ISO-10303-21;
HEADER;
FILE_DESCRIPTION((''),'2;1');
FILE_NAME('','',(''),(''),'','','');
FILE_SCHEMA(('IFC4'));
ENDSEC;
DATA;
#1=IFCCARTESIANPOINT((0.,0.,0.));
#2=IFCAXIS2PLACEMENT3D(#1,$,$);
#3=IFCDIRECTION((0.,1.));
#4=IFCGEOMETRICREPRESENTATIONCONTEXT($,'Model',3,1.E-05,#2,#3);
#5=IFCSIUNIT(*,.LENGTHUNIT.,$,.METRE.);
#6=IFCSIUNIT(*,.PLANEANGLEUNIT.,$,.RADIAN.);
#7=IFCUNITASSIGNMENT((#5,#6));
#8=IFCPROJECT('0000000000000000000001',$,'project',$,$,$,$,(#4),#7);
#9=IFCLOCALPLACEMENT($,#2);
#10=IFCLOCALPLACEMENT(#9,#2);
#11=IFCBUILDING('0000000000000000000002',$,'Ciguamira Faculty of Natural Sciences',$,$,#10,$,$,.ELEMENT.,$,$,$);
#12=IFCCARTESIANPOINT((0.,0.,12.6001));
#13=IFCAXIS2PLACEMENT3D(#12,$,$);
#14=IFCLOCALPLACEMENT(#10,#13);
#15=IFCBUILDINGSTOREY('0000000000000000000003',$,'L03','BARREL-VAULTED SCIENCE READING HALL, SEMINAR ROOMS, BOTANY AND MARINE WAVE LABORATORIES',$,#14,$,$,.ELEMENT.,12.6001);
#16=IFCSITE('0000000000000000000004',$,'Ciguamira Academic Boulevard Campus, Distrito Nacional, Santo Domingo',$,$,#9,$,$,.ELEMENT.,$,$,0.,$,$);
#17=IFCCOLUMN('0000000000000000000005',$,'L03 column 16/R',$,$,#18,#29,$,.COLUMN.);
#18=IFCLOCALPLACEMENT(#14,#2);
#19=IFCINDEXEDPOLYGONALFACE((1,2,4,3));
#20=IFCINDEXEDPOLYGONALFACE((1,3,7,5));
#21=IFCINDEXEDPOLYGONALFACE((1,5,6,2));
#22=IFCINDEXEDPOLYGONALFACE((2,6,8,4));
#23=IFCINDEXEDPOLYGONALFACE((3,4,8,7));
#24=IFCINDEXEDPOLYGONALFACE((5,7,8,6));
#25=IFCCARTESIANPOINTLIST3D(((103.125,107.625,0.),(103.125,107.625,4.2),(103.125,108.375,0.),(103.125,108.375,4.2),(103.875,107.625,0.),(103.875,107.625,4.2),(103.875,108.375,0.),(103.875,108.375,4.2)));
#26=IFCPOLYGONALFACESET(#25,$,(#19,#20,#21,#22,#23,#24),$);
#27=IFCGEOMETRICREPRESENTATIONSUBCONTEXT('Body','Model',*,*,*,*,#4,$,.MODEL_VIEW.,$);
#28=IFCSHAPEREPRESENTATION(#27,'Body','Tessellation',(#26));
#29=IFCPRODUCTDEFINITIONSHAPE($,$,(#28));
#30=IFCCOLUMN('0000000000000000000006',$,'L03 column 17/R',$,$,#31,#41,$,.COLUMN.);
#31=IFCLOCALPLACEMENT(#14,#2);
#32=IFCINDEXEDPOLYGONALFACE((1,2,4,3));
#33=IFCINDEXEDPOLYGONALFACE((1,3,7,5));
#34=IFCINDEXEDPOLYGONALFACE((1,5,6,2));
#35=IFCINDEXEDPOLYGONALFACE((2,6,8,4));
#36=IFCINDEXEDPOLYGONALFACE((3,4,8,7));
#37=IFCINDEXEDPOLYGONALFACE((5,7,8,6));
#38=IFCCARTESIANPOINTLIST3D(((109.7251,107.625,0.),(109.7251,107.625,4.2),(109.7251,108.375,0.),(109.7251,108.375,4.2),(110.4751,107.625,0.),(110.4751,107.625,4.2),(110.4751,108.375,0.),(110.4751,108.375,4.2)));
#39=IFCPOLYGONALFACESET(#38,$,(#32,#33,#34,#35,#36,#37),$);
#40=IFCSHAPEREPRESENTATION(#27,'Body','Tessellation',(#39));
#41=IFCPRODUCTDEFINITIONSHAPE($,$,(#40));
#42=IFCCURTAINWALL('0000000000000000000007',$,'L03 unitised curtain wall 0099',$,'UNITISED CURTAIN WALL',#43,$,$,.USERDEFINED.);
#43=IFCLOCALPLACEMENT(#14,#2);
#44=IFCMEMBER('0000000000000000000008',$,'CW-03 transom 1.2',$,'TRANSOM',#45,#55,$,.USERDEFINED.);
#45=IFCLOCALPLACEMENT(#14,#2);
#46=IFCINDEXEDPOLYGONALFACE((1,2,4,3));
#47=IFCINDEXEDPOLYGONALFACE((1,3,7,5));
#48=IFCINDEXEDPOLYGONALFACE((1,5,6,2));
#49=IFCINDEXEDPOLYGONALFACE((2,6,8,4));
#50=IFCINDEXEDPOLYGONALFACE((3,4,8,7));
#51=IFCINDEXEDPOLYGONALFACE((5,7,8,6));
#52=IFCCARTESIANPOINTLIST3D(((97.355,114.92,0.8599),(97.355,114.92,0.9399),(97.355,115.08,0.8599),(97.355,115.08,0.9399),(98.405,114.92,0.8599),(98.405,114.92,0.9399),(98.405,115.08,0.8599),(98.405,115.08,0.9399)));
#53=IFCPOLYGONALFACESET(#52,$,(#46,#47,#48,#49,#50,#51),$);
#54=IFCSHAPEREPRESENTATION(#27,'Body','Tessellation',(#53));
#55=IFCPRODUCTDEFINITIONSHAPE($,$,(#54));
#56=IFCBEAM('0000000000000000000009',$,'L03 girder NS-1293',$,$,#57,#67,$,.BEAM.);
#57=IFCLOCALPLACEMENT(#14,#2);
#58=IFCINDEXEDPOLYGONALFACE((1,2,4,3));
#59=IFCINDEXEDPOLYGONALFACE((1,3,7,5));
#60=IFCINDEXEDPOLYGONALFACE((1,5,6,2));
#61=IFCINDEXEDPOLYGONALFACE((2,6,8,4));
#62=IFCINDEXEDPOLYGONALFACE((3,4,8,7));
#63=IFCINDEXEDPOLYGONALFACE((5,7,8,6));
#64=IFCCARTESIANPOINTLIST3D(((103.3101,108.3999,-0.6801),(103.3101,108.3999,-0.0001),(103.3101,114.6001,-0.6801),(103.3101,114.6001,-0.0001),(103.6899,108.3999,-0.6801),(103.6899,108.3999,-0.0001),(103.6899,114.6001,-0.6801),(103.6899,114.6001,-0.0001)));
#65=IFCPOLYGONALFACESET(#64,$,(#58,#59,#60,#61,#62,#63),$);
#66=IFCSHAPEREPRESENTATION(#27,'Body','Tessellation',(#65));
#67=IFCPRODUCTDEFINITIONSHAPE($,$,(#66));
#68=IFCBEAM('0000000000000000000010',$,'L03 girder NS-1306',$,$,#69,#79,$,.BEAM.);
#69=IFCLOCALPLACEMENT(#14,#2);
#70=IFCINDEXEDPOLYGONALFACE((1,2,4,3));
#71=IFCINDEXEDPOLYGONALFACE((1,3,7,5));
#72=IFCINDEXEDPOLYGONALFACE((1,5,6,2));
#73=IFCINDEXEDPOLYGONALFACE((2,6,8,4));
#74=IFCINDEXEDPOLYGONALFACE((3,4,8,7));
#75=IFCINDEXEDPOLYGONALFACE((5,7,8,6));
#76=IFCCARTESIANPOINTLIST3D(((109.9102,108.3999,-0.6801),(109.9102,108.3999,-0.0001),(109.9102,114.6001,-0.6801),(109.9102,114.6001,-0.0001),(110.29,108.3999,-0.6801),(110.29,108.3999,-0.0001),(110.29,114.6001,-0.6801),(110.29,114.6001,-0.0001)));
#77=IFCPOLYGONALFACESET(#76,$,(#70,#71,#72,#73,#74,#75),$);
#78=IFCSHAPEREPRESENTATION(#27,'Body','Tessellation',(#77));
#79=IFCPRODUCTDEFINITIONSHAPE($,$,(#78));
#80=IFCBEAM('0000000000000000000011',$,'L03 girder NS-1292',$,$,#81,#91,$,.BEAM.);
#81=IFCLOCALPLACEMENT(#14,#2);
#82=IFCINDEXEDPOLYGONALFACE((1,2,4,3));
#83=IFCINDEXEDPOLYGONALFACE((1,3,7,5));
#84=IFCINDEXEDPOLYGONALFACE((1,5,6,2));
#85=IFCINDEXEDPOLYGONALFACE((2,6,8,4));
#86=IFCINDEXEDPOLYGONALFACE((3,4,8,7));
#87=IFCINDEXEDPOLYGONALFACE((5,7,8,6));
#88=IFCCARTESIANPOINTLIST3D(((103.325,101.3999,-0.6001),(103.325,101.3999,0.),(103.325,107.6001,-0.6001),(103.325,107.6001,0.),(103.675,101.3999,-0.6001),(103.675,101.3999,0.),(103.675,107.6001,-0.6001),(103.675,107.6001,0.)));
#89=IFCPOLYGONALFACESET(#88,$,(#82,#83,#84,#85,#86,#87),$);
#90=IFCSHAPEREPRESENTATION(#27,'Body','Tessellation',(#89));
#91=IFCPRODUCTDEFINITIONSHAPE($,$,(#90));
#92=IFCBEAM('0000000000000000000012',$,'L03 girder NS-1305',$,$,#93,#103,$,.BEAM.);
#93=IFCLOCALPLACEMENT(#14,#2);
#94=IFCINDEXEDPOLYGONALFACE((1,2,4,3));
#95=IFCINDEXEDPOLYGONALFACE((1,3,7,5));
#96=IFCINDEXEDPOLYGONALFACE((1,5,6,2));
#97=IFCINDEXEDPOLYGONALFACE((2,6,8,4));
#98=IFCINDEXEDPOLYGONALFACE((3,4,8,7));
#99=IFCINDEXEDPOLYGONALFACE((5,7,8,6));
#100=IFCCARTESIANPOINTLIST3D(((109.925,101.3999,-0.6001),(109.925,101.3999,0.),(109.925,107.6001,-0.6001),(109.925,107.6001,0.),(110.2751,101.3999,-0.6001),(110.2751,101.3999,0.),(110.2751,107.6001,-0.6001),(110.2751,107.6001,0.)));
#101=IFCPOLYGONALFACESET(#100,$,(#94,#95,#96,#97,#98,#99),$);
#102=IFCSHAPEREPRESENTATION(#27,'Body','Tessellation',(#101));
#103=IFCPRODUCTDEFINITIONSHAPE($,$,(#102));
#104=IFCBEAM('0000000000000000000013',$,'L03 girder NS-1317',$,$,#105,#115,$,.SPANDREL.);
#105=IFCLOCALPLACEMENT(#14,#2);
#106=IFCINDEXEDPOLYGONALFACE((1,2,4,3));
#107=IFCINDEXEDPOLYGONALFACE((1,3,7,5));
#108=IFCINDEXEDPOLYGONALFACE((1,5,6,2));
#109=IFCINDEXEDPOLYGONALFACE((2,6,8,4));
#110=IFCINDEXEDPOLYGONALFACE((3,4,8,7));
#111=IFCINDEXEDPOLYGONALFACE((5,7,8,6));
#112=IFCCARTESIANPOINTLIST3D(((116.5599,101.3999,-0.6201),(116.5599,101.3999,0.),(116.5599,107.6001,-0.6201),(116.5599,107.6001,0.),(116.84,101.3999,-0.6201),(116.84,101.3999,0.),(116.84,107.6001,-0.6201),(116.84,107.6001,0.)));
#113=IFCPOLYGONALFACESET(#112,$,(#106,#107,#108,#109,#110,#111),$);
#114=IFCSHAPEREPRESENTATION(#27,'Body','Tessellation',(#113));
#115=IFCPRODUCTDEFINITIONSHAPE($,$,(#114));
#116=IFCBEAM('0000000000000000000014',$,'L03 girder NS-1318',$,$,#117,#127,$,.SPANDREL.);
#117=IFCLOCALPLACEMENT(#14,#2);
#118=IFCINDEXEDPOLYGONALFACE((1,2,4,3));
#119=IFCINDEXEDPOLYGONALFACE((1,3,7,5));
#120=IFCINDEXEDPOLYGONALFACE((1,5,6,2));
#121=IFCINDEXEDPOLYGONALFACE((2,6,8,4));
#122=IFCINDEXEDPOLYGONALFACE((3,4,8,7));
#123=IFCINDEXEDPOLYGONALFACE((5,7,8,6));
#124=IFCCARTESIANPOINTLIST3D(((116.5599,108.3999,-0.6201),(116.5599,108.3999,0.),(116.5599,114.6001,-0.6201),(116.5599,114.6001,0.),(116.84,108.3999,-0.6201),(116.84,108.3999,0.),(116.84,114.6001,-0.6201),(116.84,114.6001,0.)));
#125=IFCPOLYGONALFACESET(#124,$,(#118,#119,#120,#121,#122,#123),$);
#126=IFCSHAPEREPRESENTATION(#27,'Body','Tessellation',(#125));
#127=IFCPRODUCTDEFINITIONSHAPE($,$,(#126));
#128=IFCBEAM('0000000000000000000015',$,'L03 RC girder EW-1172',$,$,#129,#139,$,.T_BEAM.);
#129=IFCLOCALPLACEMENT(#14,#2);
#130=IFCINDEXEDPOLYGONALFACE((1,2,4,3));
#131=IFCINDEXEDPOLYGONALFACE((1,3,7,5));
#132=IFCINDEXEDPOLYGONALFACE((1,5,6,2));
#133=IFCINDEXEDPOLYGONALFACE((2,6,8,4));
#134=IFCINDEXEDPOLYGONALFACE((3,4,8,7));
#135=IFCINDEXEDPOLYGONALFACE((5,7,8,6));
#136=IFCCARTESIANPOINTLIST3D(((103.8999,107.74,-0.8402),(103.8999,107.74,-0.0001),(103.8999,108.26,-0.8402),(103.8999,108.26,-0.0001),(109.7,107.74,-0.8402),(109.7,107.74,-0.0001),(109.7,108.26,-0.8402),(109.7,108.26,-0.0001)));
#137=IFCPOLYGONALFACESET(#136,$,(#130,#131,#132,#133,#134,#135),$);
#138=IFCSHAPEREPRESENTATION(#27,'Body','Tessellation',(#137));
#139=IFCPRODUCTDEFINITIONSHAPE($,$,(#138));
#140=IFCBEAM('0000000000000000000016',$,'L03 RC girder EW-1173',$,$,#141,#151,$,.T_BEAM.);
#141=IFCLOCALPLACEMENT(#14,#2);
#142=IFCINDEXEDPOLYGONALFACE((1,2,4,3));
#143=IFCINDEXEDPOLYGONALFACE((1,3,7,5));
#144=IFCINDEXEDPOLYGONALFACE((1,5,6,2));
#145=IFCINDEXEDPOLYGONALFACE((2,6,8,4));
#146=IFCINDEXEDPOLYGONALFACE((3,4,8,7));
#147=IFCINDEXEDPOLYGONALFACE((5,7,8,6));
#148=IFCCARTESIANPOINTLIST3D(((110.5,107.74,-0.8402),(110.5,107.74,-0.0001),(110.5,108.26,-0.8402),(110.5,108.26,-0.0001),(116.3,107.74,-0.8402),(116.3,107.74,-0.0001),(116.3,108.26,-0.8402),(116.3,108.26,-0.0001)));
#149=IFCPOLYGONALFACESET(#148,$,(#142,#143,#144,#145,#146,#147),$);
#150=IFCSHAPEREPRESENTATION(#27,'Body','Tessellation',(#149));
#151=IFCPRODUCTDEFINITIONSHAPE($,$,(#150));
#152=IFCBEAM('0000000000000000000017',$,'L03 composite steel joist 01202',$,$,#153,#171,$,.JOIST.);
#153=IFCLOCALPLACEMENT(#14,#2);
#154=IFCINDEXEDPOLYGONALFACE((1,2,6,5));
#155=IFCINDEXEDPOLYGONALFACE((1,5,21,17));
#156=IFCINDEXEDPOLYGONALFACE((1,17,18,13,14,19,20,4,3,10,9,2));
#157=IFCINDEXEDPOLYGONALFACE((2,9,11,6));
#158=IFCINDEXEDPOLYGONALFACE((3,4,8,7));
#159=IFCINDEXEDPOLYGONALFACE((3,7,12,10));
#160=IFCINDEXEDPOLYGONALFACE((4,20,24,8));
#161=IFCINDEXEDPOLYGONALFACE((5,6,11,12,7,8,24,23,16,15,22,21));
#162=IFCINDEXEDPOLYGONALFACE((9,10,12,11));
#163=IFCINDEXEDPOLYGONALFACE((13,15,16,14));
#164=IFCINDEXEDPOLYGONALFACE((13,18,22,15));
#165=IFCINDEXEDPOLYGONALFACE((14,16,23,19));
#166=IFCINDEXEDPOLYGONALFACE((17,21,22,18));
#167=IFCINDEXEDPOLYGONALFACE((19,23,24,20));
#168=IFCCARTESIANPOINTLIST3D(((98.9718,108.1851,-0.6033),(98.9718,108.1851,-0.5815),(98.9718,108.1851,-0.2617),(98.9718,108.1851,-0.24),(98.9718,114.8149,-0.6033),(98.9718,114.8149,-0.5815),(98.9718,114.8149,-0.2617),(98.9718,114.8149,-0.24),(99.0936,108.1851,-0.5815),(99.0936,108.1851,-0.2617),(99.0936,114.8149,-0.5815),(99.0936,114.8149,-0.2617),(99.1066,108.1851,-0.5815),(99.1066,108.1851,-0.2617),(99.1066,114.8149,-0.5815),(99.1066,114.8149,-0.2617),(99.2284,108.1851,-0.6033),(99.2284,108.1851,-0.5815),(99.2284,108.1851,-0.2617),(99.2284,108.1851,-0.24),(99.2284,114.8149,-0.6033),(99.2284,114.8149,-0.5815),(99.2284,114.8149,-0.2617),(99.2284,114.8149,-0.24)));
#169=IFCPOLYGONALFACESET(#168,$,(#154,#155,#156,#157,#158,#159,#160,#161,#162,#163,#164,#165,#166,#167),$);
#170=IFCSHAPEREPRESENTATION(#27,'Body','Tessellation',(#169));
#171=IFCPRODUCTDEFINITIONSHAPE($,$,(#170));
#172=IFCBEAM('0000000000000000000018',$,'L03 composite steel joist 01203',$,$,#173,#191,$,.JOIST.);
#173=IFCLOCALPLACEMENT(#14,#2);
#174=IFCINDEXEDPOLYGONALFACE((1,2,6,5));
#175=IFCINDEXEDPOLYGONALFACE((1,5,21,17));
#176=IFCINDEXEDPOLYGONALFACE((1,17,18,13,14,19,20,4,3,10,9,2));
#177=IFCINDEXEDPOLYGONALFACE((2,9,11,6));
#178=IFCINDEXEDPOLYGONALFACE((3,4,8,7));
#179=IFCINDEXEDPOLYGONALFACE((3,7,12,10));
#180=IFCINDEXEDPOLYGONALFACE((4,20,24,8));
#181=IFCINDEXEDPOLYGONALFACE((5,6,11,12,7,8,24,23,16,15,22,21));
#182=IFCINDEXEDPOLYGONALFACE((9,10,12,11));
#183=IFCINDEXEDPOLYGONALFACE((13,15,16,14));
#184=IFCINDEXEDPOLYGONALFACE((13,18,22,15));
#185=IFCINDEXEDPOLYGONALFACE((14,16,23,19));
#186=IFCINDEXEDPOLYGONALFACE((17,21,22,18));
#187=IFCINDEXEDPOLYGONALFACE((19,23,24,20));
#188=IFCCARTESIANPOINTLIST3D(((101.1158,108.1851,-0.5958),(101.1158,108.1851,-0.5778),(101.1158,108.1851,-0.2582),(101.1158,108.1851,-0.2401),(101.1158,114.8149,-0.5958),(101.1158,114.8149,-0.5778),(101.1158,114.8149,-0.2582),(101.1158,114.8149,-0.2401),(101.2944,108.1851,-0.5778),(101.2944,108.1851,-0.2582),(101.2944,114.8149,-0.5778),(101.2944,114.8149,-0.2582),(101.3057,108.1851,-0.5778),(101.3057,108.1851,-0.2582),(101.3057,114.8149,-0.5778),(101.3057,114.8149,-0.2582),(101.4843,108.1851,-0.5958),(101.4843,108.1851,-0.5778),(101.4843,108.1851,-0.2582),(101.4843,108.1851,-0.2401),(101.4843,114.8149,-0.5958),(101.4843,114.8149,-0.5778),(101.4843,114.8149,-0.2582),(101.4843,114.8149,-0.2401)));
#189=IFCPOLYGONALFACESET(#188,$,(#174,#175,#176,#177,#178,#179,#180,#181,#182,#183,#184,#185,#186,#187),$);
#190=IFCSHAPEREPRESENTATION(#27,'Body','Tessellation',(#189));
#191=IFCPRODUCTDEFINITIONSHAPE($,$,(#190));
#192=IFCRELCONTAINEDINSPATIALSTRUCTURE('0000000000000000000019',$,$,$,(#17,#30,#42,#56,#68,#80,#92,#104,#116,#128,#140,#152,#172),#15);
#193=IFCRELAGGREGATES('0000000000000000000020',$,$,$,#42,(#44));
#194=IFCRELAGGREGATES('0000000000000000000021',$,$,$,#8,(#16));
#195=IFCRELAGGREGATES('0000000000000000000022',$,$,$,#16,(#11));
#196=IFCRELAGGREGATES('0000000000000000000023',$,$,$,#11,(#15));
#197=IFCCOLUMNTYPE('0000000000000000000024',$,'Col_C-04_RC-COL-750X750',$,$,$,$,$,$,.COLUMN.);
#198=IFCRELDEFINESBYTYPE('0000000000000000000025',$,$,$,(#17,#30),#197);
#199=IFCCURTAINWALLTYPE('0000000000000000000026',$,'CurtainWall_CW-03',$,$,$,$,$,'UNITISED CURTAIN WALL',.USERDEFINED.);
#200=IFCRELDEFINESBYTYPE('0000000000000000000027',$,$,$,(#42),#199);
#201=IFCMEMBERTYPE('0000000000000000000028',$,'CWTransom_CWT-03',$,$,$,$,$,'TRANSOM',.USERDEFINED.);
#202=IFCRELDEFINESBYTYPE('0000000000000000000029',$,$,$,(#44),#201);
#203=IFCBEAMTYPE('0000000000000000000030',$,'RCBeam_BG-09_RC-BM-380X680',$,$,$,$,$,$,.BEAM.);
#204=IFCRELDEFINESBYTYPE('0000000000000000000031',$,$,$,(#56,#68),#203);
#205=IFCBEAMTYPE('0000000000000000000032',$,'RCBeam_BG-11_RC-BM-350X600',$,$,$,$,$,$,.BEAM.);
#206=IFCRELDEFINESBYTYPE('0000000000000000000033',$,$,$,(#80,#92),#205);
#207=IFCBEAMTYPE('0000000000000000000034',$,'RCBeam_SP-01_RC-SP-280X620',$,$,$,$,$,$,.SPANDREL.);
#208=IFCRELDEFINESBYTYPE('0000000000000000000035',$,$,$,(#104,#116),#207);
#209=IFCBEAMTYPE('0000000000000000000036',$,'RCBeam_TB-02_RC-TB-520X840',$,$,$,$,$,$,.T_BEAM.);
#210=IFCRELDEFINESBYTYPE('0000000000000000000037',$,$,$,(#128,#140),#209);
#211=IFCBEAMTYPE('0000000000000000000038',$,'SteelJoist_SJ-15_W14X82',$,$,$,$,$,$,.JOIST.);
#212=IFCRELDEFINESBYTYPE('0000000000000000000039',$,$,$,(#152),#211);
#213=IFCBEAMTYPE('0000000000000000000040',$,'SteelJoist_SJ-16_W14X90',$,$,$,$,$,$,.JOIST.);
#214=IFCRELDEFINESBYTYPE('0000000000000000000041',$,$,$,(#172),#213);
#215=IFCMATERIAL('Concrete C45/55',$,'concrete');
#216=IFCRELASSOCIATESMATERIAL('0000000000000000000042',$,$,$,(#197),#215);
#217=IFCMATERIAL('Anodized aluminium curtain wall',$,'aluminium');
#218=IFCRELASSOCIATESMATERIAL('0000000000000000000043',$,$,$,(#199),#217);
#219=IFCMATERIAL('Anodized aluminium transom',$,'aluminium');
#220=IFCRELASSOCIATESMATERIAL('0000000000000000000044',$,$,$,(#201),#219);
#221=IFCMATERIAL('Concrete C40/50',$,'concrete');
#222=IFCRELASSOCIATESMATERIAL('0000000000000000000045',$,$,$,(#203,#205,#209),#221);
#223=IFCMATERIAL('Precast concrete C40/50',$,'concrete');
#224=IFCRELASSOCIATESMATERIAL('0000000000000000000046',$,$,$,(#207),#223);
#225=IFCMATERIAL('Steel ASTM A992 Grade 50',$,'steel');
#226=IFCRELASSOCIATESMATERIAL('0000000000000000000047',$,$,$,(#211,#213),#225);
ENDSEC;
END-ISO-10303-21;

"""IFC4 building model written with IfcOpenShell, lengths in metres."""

from ifc_helpers import new_model, si_unit, direction, frame, origin, origin_2d, place, context, subcontext, project, spatial, rectangle, i_section, extrude, material, material_profile, profile_set, type_object, element, aggregate, save


model = new_model("IFC4")

# Units and contexts
model_context = context("Model", 3, precision=1e-05, world=origin(), true_north=direction((0.0, 1.0)))
body_context = subcontext(model_context, "Body", "Model", "MODEL_VIEW")
ifc_project = project(units=[si_unit("LENGTHUNIT", "METRE"), si_unit("PLANEANGLEUNIT", "RADIAN")], contexts=[model_context])

# Site, building, storey
site_placement = place(None, origin())
site = spatial("IfcSite", under=ifc_project, at=site_placement, Name="Ciguamira Academic Boulevard Campus, Distrito Nacional, Santo Domingo", CompositionType="ELEMENT", RefElevation=0.0)
building_placement = place(site_placement, origin())
building = spatial("IfcBuilding", under=site, at=building_placement, Name="Ciguamira Faculty of Natural Sciences", CompositionType="ELEMENT")
storey_placement = place(building_placement, frame((0.0, 0.0, 12.6001)))
storey = spatial("IfcBuildingStorey", under=building, at=storey_placement, Name="L03", Description="BARREL-VAULTED SCIENCE READING HALL, SEMINAR ROOMS, BOTANY AND MARINE WAVE LABORATORIES", CompositionType="ELEMENT", Elevation=12.6001)

# Columns
ifc_material_1 = material(Name="Concrete C45/55", Category="concrete")
ifc_material_profile_1 = material_profile(ifc_material_1, rectangle(XDim=0.75, YDim=0.75, at=origin_2d()), Name="RC-COL-750X750")
ifc_profile_set_1 = profile_set([ifc_material_profile_1], Name="Concrete C45/55")
column_type = type_object("IfcColumnType", Name="Col_C-04_RC-COL-750X750", PredefinedType="COLUMN", material=ifc_profile_set_1)
for number, where, z_axis, x_axis, name in (
    (1, (103.5, 108.0, 0.0), (0.0, 0.0, 1.0), (1.0, 0.0, 0.0), "L03 column 16/R"),
    (2, (110.1001, 108.0, 0.0), (0.0, 0.0, 1.0), (1.0, 0.0, 0.0), "L03 column 17/R"),
):
    element("IfcColumn", number, at=place(storey_placement, frame(where, z_axis=z_axis, x_axis=x_axis)), inside=storey, type_object=column_type, Name=name, PredefinedType="COLUMN", context=body_context, shape_type="SweptSolid", body=[
        extrude(rectangle(XDim=0.75, YDim=0.75, at=origin_2d()), origin(), (0.0, 0.0, 1.0), 4.2),
    ])

# Curtain wall, member
ifc_material_2 = material(Name="Anodized aluminium curtain wall", Category="aluminium")
curtain_wall_type = type_object("IfcCurtainWallType", Name="CurtainWall_CW-03", ElementType="UNITISED CURTAIN WALL", PredefinedType="USERDEFINED", material=ifc_material_2)
curtain_wall_placement = place(storey_placement, origin())
curtain_wall = element("IfcCurtainWall", 3, at=curtain_wall_placement, inside=storey, type_object=curtain_wall_type, Name="L03 unitised curtain wall 0099", ObjectType="UNITISED CURTAIN WALL", PredefinedType="USERDEFINED")
ifc_material_3 = material(Name="Anodized aluminium transom", Category="aluminium")
ifc_material_profile_2 = material_profile(ifc_material_3, rectangle(XDim=0.0801, YDim=0.1599, at=origin_2d()), Name="ALU-TRN-80X160")
ifc_profile_set_2 = profile_set([ifc_material_profile_2], Name="Anodized aluminium transom")
member_type = type_object("IfcMemberType", Name="CWTransom_CWT-03", ElementType="TRANSOM", PredefinedType="USERDEFINED", material=ifc_profile_set_2)
member_placement = place(storey_placement, frame((97.355, 115.0, 0.8999), z_axis=(1.0, 0.0, 0.0), x_axis=(0.0, 0.0, 1.0)))
member = element("IfcMember", 4, at=member_placement, type_object=member_type, Name="CW-03 transom 1.2", ObjectType="TRANSOM", PredefinedType="USERDEFINED", context=body_context, shape_type="SweptSolid", body=[
    extrude(rectangle(XDim=0.0801, YDim=0.1599, at=origin_2d()), origin(), (0.0, 0.0, 1.0), 1.05),
])
aggregate(curtain_wall, [member])

# Beams
ifc_material_4 = material(Name="Concrete C40/50", Category="concrete")
ifc_material_profile_3 = material_profile(ifc_material_4, rectangle(XDim=0.3799, YDim=0.6799, at=origin_2d()), Name="RC-BM-380X680")
ifc_profile_set_3 = profile_set([ifc_material_profile_3], Name="Concrete C40/50")
beam_type_1 = type_object("IfcBeamType", Name="RCBeam_BG-09_RC-BM-380X680", PredefinedType="BEAM", material=ifc_profile_set_3)
for number, where, z_axis, x_axis, name in (
    (5, (103.5, 108.3999, -0.3401), (0.0, 1.0, 0.0), (-1.0, 0.0, 0.0), "L03 girder NS-1293"),
    (6, (110.1001, 108.3999, -0.3401), (0.0, 1.0, 0.0), (-1.0, 0.0, 0.0), "L03 girder NS-1306"),
):
    element("IfcBeam", number, at=place(storey_placement, frame(where, z_axis=z_axis, x_axis=x_axis)), inside=storey, type_object=beam_type_1, Name=name, PredefinedType="BEAM", context=body_context, shape_type="SweptSolid", body=[
        extrude(rectangle(XDim=0.3799, YDim=0.6799, at=origin_2d()), origin(), (0.0, 0.0, 1.0), 6.2002),
    ])
ifc_material_profile_4 = material_profile(ifc_material_4, rectangle(XDim=0.3501, YDim=0.6001, at=origin_2d()), Name="RC-BM-350X600")
ifc_profile_set_4 = profile_set([ifc_material_profile_4], Name="Concrete C40/50")
beam_type_2 = type_object("IfcBeamType", Name="RCBeam_BG-11_RC-BM-350X600", PredefinedType="BEAM", material=ifc_profile_set_4)
for number, where, z_axis, x_axis, name in (
    (7, (103.5, 101.3999, -0.3), (0.0, 1.0, 0.0), (-1.0, 0.0, 0.0), "L03 girder NS-1292"),
    (8, (110.1001, 101.3999, -0.3), (0.0, 1.0, 0.0), (-1.0, 0.0, 0.0), "L03 girder NS-1305"),
):
    element("IfcBeam", number, at=place(storey_placement, frame(where, z_axis=z_axis, x_axis=x_axis)), inside=storey, type_object=beam_type_2, Name=name, PredefinedType="BEAM", context=body_context, shape_type="SweptSolid", body=[
        extrude(rectangle(XDim=0.3501, YDim=0.6001, at=origin_2d()), origin(), (0.0, 0.0, 1.0), 6.2002),
    ])
ifc_material_5 = material(Name="Precast concrete C40/50", Category="concrete")
ifc_material_profile_5 = material_profile(ifc_material_5, rectangle(XDim=0.28, YDim=0.6201, at=origin_2d()), Name="RC-SP-280X620")
ifc_profile_set_5 = profile_set([ifc_material_profile_5], Name="Precast concrete C40/50")
beam_type_3 = type_object("IfcBeamType", Name="RCBeam_SP-01_RC-SP-280X620", PredefinedType="SPANDREL", material=ifc_profile_set_5)
for number, where, z_axis, x_axis, name in (
    (9, (116.7, 101.3999, -0.3101), (0.0, 1.0, 0.0), (-1.0, 0.0, 0.0), "L03 girder NS-1317"),
    (10, (116.7, 108.3999, -0.3101), (0.0, 1.0, 0.0), (-1.0, 0.0, 0.0), "L03 girder NS-1318"),
):
    element("IfcBeam", number, at=place(storey_placement, frame(where, z_axis=z_axis, x_axis=x_axis)), inside=storey, type_object=beam_type_3, Name=name, PredefinedType="SPANDREL", context=body_context, shape_type="SweptSolid", body=[
        extrude(rectangle(XDim=0.28, YDim=0.6201, at=origin_2d()), origin(), (0.0, 0.0, 1.0), 6.2002),
    ])
ifc_material_profile_6 = material_profile(ifc_material_4, rectangle(XDim=0.52, YDim=0.8401, at=origin_2d()), Name="RC-TB-520X840")
ifc_profile_set_6 = profile_set([ifc_material_profile_6], Name="Concrete C40/50")
beam_type_4 = type_object("IfcBeamType", Name="RCBeam_TB-02_RC-TB-520X840", PredefinedType="T_BEAM", material=ifc_profile_set_6)
for number, where, z_axis, x_axis, name in (
    (11, (103.8999, 108.0, -0.4202), (1.0, 0.0, 0.0), (0.0, 1.0, 0.0), "L03 RC girder EW-1172"),
    (12, (110.5, 108.0, -0.4202), (1.0, 0.0, 0.0), (0.0, 1.0, 0.0), "L03 RC girder EW-1173"),
):
    element("IfcBeam", number, at=place(storey_placement, frame(where, z_axis=z_axis, x_axis=x_axis)), inside=storey, type_object=beam_type_4, Name=name, PredefinedType="T_BEAM", context=body_context, shape_type="SweptSolid", body=[
        extrude(rectangle(XDim=0.52, YDim=0.8401, at=origin_2d()), origin(), (0.0, 0.0, 1.0), 5.8),
    ])
ifc_material_6 = material(Name="Steel ASTM A992 Grade 50", Category="steel")
ifc_material_profile_7 = material_profile(ifc_material_6, i_section(OverallWidth=0.2566, OverallDepth=0.3633, WebThickness=0.0129, FlangeThickness=0.0217, at=origin_2d()), Name="W14X82")
ifc_profile_set_7 = profile_set([ifc_material_profile_7], Name="Steel ASTM A992 Grade 50")
beam_type_5 = type_object("IfcBeamType", Name="SteelJoist_SJ-15_W14X82", PredefinedType="JOIST", material=ifc_profile_set_7)
beam_1_placement = place(storey_placement, frame((99.1001, 108.1851, -0.4216), z_axis=(0.0, 1.0, 0.0), x_axis=(-1.0, 0.0, 0.0)))
element("IfcBeam", 13, at=beam_1_placement, inside=storey, type_object=beam_type_5, Name="L03 composite steel joist 01202", PredefinedType="JOIST", context=body_context, shape_type="SweptSolid", body=[
    extrude(i_section(OverallWidth=0.2566, OverallDepth=0.3633, WebThickness=0.0129, FlangeThickness=0.0217, at=origin_2d()), origin(), (0.0, 0.0, 1.0), 6.6299),
])
ifc_material_profile_8 = material_profile(ifc_material_6, i_section(OverallWidth=0.3684, OverallDepth=0.3557, WebThickness=0.0112, FlangeThickness=0.0181, at=origin_2d()), Name="W14X90")
ifc_profile_set_8 = profile_set([ifc_material_profile_8], Name="Steel ASTM A992 Grade 50")
beam_type_6 = type_object("IfcBeamType", Name="SteelJoist_SJ-16_W14X90", PredefinedType="JOIST", material=ifc_profile_set_8)
beam_2_placement = place(storey_placement, frame((101.3, 108.1851, -0.418), z_axis=(0.0, 1.0, 0.0), x_axis=(-1.0, 0.0, 0.0)))
element("IfcBeam", 14, at=beam_2_placement, inside=storey, type_object=beam_type_6, Name="L03 composite steel joist 01203", PredefinedType="JOIST", context=body_context, shape_type="SweptSolid", body=[
    extrude(i_section(OverallWidth=0.3684, OverallDepth=0.3557, WebThickness=0.0112, FlangeThickness=0.0181, at=origin_2d()), origin(), (0.0, 0.0, 1.0), 6.6299),
])

save(model, "model.ifc")
